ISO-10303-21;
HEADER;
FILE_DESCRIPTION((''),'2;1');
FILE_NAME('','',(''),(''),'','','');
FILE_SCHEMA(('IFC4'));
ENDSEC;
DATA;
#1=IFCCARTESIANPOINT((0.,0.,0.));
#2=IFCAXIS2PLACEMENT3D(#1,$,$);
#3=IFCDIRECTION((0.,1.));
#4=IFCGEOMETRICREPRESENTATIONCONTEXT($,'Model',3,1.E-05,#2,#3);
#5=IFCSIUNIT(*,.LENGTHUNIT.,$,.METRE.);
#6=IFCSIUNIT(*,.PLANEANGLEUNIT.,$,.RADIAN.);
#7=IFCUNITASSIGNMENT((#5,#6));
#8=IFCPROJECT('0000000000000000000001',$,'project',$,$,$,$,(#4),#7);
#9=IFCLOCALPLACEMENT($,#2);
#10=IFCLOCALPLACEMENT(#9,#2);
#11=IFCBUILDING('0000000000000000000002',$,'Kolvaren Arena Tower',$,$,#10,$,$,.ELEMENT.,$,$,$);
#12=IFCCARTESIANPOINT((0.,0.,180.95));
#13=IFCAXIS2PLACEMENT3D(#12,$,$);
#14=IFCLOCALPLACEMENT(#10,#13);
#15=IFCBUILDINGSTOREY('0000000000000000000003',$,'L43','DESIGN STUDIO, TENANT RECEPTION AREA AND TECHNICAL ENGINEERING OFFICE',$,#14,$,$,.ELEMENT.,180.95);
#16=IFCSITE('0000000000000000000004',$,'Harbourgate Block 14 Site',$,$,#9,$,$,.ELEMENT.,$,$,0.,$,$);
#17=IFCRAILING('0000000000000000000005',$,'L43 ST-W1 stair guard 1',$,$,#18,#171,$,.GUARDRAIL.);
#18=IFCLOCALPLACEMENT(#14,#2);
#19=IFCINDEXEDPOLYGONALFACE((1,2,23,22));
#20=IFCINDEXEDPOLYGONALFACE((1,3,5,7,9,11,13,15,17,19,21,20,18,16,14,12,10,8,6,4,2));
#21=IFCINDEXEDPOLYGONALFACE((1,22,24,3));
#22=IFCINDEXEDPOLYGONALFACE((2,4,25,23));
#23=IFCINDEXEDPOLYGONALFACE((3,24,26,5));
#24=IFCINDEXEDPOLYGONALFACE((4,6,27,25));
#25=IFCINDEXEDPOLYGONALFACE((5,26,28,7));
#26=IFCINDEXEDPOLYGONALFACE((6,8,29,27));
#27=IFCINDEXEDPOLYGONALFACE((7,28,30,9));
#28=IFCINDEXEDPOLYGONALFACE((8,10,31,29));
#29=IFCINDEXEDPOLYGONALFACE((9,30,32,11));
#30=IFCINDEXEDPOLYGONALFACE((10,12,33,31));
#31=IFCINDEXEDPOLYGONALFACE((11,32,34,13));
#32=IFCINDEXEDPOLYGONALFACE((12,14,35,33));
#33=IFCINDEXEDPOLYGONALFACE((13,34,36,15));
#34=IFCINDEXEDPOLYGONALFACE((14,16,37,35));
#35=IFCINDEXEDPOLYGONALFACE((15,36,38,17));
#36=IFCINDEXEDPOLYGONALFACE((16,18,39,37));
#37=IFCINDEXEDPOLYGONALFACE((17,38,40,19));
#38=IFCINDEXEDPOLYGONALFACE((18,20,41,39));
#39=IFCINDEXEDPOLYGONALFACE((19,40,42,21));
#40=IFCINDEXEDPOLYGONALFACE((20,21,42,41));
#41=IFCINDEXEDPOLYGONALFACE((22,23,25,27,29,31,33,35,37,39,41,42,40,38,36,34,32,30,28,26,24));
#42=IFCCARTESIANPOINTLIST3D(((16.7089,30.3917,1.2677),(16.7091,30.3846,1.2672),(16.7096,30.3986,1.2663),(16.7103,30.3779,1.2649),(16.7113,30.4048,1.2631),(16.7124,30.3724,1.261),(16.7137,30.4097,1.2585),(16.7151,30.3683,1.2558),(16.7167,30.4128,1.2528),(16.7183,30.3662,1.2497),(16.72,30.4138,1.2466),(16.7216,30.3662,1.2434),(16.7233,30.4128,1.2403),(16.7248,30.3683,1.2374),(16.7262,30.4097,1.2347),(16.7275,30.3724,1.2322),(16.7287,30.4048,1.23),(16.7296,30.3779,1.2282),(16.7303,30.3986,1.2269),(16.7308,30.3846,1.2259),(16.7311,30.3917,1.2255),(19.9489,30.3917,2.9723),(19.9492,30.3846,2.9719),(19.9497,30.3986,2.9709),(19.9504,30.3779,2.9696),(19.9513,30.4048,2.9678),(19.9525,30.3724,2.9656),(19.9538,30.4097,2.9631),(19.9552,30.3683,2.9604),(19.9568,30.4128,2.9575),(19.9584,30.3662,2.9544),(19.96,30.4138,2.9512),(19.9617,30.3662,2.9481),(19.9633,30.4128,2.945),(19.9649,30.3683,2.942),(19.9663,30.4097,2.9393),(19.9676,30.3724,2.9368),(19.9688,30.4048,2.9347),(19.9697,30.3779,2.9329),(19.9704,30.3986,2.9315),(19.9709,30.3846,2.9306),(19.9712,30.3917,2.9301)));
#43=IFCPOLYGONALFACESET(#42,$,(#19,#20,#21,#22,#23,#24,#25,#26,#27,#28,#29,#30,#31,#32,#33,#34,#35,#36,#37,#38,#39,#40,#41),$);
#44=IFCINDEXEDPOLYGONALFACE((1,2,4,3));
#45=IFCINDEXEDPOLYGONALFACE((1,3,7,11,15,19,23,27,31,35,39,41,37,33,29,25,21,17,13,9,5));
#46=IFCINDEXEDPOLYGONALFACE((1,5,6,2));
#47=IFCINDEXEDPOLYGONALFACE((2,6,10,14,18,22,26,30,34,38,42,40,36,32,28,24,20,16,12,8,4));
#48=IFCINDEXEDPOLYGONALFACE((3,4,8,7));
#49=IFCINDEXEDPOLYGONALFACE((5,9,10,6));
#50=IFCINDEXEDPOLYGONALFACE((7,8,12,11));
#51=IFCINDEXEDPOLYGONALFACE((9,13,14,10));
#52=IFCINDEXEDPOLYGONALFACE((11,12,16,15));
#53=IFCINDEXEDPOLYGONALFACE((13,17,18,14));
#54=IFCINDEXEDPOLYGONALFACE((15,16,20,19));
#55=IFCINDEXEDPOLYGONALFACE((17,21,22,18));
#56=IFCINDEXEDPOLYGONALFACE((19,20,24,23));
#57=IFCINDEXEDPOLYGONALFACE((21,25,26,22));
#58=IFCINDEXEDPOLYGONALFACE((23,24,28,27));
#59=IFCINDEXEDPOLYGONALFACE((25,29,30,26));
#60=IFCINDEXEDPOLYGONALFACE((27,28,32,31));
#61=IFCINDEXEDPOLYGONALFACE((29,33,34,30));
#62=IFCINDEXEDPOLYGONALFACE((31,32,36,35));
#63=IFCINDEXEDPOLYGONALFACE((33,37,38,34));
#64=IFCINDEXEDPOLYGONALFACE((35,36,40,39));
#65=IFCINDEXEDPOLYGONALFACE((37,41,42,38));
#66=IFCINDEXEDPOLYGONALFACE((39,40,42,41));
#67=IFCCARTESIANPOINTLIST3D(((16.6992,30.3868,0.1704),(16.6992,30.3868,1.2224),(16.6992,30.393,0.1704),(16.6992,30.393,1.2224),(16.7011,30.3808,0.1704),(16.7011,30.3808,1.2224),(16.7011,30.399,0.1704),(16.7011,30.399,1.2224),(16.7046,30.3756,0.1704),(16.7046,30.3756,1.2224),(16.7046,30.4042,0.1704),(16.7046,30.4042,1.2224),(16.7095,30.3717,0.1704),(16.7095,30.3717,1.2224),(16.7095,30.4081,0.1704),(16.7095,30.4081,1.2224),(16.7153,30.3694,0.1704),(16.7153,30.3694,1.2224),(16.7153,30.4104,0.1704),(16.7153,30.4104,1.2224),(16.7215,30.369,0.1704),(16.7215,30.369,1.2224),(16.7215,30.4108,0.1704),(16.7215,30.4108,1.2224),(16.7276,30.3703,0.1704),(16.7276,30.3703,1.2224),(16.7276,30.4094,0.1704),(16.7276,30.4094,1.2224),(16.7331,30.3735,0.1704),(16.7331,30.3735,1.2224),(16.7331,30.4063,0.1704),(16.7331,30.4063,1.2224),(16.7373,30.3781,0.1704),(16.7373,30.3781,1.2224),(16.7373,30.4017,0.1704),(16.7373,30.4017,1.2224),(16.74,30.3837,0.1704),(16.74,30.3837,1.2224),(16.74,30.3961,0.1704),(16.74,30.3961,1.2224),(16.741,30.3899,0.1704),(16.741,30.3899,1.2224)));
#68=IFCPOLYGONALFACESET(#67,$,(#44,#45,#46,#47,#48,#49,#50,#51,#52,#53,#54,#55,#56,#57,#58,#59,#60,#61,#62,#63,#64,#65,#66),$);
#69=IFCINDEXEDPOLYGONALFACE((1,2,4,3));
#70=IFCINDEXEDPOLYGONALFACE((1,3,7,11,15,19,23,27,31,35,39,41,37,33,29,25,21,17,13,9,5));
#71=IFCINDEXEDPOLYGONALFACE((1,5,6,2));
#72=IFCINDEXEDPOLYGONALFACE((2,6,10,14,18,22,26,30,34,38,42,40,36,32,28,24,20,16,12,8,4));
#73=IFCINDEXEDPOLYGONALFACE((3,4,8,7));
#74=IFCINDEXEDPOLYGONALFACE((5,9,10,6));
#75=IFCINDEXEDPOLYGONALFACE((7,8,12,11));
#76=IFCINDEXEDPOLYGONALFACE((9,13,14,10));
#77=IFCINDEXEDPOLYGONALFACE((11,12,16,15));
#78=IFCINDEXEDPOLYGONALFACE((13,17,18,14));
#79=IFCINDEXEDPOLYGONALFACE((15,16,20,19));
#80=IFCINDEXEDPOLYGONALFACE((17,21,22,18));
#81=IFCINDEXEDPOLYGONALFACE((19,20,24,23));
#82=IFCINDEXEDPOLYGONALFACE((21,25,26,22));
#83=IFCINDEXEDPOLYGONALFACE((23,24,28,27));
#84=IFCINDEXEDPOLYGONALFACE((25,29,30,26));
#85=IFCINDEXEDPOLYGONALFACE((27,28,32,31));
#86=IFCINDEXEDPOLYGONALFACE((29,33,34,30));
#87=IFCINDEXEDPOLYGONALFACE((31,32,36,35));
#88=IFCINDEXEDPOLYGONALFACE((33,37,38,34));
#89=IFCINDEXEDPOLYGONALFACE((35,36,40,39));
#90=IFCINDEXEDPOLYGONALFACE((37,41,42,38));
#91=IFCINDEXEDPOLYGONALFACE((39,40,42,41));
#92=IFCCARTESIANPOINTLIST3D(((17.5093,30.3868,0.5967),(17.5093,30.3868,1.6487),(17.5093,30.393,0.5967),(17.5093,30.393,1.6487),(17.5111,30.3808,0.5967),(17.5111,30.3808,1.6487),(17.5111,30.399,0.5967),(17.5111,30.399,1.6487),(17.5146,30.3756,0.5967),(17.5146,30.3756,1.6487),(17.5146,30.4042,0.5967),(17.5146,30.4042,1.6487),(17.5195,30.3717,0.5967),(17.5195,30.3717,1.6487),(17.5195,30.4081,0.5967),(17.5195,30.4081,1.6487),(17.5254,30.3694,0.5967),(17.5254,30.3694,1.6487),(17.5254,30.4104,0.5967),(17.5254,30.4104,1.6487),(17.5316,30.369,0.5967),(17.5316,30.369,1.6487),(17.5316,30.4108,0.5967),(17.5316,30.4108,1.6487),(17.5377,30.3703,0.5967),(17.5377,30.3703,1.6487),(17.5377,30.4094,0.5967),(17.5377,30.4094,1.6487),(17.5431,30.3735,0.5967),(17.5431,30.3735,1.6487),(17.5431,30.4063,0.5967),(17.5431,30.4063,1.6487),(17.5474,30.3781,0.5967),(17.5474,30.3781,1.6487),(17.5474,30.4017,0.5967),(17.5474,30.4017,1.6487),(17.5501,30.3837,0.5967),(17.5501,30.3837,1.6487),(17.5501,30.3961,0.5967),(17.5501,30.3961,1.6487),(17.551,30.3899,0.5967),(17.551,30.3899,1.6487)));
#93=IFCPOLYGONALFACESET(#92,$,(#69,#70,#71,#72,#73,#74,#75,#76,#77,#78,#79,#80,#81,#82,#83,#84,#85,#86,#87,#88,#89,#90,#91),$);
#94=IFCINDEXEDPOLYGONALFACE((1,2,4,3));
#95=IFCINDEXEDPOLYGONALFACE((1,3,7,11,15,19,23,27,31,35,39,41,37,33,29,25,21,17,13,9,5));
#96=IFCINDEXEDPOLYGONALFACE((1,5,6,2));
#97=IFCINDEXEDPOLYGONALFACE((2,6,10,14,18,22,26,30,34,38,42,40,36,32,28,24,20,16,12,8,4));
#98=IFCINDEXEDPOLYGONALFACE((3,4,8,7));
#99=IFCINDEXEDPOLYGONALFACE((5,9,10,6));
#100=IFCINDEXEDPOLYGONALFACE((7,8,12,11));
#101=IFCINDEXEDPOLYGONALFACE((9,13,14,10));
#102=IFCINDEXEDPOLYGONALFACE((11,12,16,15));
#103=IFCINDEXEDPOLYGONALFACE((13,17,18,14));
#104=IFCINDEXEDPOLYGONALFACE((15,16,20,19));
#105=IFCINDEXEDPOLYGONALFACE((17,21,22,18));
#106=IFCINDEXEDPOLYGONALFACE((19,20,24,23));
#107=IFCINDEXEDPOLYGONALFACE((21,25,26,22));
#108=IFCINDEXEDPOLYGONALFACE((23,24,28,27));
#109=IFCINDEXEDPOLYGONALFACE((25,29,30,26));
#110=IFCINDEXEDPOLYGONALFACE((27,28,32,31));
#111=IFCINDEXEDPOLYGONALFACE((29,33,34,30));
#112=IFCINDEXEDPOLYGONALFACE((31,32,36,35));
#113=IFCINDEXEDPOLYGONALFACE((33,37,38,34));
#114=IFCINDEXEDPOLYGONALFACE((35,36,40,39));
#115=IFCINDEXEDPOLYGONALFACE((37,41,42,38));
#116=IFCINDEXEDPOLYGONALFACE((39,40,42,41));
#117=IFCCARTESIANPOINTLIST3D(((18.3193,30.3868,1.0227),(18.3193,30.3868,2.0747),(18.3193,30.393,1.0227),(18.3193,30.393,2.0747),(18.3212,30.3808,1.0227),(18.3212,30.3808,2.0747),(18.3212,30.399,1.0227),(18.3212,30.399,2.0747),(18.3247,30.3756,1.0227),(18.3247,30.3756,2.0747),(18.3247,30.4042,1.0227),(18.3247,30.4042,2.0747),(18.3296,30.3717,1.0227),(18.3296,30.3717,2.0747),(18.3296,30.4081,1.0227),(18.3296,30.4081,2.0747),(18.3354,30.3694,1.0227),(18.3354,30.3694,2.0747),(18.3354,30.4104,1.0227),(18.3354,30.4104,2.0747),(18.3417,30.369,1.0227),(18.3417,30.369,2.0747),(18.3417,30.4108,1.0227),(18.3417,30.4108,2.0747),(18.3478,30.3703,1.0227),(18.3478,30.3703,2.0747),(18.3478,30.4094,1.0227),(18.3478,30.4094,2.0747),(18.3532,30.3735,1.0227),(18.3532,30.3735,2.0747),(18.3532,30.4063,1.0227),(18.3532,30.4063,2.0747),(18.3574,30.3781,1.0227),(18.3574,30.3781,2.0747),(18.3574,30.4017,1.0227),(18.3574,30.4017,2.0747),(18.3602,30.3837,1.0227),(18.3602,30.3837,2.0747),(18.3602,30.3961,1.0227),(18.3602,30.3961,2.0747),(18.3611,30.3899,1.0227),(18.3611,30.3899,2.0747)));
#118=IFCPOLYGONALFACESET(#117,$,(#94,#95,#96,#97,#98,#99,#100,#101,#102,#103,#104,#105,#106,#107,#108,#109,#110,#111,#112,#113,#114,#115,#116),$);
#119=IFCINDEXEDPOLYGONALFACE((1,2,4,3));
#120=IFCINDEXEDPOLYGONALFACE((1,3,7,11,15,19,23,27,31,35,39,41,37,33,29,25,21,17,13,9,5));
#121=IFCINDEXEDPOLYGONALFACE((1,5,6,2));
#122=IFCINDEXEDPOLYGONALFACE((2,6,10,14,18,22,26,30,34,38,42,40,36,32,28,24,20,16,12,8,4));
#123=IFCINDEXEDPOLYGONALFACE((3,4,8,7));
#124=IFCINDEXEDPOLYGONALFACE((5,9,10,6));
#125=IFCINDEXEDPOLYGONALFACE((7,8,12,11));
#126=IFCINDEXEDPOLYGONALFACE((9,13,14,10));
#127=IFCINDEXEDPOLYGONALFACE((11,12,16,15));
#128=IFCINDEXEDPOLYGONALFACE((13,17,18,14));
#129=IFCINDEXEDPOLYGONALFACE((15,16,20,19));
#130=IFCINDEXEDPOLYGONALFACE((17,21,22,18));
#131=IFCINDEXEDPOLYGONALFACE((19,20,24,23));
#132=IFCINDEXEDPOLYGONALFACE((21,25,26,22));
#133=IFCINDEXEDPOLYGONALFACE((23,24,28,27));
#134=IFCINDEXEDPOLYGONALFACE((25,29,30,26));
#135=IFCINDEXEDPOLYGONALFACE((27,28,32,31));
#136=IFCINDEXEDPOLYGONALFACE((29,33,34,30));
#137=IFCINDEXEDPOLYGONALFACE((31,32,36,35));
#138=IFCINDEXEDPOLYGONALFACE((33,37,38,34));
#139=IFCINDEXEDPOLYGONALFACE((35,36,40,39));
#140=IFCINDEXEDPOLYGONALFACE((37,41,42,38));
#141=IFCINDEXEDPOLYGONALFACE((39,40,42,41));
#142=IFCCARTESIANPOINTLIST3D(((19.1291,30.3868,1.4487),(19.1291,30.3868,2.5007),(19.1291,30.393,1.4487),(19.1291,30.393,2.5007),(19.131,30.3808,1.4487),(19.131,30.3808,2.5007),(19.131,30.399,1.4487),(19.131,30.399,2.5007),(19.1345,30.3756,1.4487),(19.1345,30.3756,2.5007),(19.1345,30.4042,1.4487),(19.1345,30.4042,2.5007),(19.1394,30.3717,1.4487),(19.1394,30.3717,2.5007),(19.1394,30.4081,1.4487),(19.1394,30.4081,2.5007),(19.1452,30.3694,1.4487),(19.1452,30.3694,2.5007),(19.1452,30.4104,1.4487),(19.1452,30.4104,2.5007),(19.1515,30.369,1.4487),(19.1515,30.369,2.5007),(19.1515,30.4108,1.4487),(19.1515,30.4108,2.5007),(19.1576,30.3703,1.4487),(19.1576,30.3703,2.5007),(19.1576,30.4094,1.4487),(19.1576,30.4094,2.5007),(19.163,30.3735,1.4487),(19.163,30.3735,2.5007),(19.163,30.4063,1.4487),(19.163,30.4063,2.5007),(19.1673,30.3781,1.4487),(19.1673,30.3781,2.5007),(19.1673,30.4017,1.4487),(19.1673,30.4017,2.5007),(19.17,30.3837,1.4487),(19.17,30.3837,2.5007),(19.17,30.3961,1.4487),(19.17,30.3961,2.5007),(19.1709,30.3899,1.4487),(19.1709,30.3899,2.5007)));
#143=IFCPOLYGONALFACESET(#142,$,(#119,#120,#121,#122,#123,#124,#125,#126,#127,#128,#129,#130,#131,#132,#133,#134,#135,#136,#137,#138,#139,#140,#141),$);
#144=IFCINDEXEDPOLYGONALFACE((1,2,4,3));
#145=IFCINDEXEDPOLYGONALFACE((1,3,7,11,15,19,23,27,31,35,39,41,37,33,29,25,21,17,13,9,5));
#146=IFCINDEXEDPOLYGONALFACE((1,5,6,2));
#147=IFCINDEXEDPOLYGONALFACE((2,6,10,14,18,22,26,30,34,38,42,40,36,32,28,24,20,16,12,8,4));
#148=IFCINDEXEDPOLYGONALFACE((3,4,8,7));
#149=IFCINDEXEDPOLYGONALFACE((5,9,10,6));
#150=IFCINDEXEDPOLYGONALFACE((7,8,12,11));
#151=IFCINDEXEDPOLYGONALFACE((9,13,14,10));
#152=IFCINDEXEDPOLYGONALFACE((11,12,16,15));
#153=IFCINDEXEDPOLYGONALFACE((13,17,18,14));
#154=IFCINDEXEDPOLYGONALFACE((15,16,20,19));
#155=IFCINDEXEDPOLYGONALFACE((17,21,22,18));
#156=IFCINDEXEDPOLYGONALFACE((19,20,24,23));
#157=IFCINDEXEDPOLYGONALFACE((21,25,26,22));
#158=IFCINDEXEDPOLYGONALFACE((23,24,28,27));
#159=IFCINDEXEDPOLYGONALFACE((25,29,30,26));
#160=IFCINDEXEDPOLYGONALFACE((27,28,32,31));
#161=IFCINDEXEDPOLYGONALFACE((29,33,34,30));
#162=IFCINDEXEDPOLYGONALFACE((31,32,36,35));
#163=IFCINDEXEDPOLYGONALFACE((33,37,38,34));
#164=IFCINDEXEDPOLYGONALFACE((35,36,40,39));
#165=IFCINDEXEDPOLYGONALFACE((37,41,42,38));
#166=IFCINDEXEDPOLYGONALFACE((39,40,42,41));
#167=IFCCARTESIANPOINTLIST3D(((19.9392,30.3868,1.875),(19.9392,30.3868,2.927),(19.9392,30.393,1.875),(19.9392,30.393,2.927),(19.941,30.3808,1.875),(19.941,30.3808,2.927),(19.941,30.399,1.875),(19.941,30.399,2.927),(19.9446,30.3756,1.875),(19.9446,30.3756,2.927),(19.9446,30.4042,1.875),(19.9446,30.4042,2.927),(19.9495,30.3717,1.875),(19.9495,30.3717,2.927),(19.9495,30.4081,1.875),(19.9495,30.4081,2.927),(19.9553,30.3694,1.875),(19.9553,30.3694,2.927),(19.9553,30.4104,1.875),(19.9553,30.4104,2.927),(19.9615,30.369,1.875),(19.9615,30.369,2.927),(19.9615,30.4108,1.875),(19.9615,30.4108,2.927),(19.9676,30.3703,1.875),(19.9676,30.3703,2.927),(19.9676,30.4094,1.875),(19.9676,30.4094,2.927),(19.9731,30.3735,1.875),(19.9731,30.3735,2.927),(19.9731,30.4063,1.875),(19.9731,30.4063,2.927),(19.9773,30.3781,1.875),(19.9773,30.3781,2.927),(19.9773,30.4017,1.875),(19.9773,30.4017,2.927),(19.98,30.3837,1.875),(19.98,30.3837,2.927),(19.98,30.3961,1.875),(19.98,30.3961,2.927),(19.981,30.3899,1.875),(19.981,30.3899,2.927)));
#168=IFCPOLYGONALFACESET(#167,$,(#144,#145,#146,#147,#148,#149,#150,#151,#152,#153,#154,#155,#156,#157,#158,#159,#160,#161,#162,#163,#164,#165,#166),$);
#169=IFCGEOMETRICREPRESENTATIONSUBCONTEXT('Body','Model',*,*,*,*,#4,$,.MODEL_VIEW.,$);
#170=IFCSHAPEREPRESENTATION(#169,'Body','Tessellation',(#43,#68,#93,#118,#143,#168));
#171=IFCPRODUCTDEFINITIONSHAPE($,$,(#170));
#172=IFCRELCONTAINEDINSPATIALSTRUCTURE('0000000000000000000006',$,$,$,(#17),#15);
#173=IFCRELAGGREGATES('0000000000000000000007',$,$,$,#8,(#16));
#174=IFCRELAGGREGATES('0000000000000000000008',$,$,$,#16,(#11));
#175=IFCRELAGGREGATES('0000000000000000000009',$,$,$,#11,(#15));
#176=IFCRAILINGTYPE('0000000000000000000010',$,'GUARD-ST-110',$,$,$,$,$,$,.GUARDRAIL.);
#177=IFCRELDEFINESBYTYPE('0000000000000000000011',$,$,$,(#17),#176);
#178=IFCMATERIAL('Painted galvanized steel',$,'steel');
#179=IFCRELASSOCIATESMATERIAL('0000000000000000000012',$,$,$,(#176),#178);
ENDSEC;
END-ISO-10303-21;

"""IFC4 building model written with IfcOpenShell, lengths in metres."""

from ifc_helpers import new_model, si_unit, direction, frame, origin, origin_2d, place, context, subcontext, project, spatial, circle, extrude, material, type_object, element, save


model = new_model("IFC4")

# Units and contexts
model_context = context("Model", 3, precision=1e-05, world=origin(), true_north=direction((0.0, 1.0)))
body_context = subcontext(model_context, "Body", "Model", "MODEL_VIEW")
ifc_project = project(units=[si_unit("LENGTHUNIT", "METRE"), si_unit("PLANEANGLEUNIT", "RADIAN")], contexts=[model_context])

# Site, building, storey
site_placement = place(None, origin())
site = spatial("IfcSite", under=ifc_project, at=site_placement, Name="Harbourgate Block 14 Site", CompositionType="ELEMENT", RefElevation=0.0)
building_placement = place(site_placement, origin())
building = spatial("IfcBuilding", under=site, at=building_placement, Name="Kolvaren Arena Tower", CompositionType="ELEMENT")
storey_placement = place(building_placement, frame((0.0, 0.0, 180.95)))
storey = spatial("IfcBuildingStorey", under=building, at=storey_placement, Name="L43", Description="DESIGN STUDIO, TENANT RECEPTION AREA AND TECHNICAL ENGINEERING OFFICE", CompositionType="ELEMENT", Elevation=180.95)

# Railing
ifc_material_1 = material(Name="Painted galvanized steel", Category="steel")
railing_type_1 = type_object("IfcRailingType", Name="GUARD-ST-110", PredefinedType="GUARDRAIL", material=ifc_material_1)
railing_1_placement = place(storey_placement, frame((16.72, 30.3899, 0.1704)))
element("IfcRailing", 1, at=railing_1_placement, inside=storey, type_object=railing_type_1, Name="L43 ST-W1 stair guard 1", PredefinedType="GUARDRAIL", context=body_context, shape_type="SweptSolid", body=[
    extrude(circle(Radius=0.0239, at=origin_2d()), frame((0.0, 0.0, 1.0762), z_axis=(0.884993, 0.0, 0.465604), x_axis=(0.0, 1.0, 0.0)), (0.0, 0.0, 1.0), 3.6611),
    extrude(circle(Radius=0.021, at=origin_2d()), origin(), (0.0, 0.0, 1.0), 1.052),
    extrude(circle(Radius=0.021, at=origin_2d()), frame((0.8101, 0.0, 0.4263)), (0.0, 0.0, 1.0), 1.052),
    extrude(circle(Radius=0.021, at=origin_2d()), frame((1.6201, 0.0, 0.8523)), (0.0, 0.0, 1.0), 1.052),
    extrude(circle(Radius=0.021, at=origin_2d()), frame((2.4299, 0.0, 1.2783)), (0.0, 0.0, 1.0), 1.052),
    extrude(circle(Radius=0.021, at=origin_2d()), frame((3.24, 0.0, 1.7046)), (0.0, 0.0, 1.0), 1.052),
])

save(model, "model.ifc")
